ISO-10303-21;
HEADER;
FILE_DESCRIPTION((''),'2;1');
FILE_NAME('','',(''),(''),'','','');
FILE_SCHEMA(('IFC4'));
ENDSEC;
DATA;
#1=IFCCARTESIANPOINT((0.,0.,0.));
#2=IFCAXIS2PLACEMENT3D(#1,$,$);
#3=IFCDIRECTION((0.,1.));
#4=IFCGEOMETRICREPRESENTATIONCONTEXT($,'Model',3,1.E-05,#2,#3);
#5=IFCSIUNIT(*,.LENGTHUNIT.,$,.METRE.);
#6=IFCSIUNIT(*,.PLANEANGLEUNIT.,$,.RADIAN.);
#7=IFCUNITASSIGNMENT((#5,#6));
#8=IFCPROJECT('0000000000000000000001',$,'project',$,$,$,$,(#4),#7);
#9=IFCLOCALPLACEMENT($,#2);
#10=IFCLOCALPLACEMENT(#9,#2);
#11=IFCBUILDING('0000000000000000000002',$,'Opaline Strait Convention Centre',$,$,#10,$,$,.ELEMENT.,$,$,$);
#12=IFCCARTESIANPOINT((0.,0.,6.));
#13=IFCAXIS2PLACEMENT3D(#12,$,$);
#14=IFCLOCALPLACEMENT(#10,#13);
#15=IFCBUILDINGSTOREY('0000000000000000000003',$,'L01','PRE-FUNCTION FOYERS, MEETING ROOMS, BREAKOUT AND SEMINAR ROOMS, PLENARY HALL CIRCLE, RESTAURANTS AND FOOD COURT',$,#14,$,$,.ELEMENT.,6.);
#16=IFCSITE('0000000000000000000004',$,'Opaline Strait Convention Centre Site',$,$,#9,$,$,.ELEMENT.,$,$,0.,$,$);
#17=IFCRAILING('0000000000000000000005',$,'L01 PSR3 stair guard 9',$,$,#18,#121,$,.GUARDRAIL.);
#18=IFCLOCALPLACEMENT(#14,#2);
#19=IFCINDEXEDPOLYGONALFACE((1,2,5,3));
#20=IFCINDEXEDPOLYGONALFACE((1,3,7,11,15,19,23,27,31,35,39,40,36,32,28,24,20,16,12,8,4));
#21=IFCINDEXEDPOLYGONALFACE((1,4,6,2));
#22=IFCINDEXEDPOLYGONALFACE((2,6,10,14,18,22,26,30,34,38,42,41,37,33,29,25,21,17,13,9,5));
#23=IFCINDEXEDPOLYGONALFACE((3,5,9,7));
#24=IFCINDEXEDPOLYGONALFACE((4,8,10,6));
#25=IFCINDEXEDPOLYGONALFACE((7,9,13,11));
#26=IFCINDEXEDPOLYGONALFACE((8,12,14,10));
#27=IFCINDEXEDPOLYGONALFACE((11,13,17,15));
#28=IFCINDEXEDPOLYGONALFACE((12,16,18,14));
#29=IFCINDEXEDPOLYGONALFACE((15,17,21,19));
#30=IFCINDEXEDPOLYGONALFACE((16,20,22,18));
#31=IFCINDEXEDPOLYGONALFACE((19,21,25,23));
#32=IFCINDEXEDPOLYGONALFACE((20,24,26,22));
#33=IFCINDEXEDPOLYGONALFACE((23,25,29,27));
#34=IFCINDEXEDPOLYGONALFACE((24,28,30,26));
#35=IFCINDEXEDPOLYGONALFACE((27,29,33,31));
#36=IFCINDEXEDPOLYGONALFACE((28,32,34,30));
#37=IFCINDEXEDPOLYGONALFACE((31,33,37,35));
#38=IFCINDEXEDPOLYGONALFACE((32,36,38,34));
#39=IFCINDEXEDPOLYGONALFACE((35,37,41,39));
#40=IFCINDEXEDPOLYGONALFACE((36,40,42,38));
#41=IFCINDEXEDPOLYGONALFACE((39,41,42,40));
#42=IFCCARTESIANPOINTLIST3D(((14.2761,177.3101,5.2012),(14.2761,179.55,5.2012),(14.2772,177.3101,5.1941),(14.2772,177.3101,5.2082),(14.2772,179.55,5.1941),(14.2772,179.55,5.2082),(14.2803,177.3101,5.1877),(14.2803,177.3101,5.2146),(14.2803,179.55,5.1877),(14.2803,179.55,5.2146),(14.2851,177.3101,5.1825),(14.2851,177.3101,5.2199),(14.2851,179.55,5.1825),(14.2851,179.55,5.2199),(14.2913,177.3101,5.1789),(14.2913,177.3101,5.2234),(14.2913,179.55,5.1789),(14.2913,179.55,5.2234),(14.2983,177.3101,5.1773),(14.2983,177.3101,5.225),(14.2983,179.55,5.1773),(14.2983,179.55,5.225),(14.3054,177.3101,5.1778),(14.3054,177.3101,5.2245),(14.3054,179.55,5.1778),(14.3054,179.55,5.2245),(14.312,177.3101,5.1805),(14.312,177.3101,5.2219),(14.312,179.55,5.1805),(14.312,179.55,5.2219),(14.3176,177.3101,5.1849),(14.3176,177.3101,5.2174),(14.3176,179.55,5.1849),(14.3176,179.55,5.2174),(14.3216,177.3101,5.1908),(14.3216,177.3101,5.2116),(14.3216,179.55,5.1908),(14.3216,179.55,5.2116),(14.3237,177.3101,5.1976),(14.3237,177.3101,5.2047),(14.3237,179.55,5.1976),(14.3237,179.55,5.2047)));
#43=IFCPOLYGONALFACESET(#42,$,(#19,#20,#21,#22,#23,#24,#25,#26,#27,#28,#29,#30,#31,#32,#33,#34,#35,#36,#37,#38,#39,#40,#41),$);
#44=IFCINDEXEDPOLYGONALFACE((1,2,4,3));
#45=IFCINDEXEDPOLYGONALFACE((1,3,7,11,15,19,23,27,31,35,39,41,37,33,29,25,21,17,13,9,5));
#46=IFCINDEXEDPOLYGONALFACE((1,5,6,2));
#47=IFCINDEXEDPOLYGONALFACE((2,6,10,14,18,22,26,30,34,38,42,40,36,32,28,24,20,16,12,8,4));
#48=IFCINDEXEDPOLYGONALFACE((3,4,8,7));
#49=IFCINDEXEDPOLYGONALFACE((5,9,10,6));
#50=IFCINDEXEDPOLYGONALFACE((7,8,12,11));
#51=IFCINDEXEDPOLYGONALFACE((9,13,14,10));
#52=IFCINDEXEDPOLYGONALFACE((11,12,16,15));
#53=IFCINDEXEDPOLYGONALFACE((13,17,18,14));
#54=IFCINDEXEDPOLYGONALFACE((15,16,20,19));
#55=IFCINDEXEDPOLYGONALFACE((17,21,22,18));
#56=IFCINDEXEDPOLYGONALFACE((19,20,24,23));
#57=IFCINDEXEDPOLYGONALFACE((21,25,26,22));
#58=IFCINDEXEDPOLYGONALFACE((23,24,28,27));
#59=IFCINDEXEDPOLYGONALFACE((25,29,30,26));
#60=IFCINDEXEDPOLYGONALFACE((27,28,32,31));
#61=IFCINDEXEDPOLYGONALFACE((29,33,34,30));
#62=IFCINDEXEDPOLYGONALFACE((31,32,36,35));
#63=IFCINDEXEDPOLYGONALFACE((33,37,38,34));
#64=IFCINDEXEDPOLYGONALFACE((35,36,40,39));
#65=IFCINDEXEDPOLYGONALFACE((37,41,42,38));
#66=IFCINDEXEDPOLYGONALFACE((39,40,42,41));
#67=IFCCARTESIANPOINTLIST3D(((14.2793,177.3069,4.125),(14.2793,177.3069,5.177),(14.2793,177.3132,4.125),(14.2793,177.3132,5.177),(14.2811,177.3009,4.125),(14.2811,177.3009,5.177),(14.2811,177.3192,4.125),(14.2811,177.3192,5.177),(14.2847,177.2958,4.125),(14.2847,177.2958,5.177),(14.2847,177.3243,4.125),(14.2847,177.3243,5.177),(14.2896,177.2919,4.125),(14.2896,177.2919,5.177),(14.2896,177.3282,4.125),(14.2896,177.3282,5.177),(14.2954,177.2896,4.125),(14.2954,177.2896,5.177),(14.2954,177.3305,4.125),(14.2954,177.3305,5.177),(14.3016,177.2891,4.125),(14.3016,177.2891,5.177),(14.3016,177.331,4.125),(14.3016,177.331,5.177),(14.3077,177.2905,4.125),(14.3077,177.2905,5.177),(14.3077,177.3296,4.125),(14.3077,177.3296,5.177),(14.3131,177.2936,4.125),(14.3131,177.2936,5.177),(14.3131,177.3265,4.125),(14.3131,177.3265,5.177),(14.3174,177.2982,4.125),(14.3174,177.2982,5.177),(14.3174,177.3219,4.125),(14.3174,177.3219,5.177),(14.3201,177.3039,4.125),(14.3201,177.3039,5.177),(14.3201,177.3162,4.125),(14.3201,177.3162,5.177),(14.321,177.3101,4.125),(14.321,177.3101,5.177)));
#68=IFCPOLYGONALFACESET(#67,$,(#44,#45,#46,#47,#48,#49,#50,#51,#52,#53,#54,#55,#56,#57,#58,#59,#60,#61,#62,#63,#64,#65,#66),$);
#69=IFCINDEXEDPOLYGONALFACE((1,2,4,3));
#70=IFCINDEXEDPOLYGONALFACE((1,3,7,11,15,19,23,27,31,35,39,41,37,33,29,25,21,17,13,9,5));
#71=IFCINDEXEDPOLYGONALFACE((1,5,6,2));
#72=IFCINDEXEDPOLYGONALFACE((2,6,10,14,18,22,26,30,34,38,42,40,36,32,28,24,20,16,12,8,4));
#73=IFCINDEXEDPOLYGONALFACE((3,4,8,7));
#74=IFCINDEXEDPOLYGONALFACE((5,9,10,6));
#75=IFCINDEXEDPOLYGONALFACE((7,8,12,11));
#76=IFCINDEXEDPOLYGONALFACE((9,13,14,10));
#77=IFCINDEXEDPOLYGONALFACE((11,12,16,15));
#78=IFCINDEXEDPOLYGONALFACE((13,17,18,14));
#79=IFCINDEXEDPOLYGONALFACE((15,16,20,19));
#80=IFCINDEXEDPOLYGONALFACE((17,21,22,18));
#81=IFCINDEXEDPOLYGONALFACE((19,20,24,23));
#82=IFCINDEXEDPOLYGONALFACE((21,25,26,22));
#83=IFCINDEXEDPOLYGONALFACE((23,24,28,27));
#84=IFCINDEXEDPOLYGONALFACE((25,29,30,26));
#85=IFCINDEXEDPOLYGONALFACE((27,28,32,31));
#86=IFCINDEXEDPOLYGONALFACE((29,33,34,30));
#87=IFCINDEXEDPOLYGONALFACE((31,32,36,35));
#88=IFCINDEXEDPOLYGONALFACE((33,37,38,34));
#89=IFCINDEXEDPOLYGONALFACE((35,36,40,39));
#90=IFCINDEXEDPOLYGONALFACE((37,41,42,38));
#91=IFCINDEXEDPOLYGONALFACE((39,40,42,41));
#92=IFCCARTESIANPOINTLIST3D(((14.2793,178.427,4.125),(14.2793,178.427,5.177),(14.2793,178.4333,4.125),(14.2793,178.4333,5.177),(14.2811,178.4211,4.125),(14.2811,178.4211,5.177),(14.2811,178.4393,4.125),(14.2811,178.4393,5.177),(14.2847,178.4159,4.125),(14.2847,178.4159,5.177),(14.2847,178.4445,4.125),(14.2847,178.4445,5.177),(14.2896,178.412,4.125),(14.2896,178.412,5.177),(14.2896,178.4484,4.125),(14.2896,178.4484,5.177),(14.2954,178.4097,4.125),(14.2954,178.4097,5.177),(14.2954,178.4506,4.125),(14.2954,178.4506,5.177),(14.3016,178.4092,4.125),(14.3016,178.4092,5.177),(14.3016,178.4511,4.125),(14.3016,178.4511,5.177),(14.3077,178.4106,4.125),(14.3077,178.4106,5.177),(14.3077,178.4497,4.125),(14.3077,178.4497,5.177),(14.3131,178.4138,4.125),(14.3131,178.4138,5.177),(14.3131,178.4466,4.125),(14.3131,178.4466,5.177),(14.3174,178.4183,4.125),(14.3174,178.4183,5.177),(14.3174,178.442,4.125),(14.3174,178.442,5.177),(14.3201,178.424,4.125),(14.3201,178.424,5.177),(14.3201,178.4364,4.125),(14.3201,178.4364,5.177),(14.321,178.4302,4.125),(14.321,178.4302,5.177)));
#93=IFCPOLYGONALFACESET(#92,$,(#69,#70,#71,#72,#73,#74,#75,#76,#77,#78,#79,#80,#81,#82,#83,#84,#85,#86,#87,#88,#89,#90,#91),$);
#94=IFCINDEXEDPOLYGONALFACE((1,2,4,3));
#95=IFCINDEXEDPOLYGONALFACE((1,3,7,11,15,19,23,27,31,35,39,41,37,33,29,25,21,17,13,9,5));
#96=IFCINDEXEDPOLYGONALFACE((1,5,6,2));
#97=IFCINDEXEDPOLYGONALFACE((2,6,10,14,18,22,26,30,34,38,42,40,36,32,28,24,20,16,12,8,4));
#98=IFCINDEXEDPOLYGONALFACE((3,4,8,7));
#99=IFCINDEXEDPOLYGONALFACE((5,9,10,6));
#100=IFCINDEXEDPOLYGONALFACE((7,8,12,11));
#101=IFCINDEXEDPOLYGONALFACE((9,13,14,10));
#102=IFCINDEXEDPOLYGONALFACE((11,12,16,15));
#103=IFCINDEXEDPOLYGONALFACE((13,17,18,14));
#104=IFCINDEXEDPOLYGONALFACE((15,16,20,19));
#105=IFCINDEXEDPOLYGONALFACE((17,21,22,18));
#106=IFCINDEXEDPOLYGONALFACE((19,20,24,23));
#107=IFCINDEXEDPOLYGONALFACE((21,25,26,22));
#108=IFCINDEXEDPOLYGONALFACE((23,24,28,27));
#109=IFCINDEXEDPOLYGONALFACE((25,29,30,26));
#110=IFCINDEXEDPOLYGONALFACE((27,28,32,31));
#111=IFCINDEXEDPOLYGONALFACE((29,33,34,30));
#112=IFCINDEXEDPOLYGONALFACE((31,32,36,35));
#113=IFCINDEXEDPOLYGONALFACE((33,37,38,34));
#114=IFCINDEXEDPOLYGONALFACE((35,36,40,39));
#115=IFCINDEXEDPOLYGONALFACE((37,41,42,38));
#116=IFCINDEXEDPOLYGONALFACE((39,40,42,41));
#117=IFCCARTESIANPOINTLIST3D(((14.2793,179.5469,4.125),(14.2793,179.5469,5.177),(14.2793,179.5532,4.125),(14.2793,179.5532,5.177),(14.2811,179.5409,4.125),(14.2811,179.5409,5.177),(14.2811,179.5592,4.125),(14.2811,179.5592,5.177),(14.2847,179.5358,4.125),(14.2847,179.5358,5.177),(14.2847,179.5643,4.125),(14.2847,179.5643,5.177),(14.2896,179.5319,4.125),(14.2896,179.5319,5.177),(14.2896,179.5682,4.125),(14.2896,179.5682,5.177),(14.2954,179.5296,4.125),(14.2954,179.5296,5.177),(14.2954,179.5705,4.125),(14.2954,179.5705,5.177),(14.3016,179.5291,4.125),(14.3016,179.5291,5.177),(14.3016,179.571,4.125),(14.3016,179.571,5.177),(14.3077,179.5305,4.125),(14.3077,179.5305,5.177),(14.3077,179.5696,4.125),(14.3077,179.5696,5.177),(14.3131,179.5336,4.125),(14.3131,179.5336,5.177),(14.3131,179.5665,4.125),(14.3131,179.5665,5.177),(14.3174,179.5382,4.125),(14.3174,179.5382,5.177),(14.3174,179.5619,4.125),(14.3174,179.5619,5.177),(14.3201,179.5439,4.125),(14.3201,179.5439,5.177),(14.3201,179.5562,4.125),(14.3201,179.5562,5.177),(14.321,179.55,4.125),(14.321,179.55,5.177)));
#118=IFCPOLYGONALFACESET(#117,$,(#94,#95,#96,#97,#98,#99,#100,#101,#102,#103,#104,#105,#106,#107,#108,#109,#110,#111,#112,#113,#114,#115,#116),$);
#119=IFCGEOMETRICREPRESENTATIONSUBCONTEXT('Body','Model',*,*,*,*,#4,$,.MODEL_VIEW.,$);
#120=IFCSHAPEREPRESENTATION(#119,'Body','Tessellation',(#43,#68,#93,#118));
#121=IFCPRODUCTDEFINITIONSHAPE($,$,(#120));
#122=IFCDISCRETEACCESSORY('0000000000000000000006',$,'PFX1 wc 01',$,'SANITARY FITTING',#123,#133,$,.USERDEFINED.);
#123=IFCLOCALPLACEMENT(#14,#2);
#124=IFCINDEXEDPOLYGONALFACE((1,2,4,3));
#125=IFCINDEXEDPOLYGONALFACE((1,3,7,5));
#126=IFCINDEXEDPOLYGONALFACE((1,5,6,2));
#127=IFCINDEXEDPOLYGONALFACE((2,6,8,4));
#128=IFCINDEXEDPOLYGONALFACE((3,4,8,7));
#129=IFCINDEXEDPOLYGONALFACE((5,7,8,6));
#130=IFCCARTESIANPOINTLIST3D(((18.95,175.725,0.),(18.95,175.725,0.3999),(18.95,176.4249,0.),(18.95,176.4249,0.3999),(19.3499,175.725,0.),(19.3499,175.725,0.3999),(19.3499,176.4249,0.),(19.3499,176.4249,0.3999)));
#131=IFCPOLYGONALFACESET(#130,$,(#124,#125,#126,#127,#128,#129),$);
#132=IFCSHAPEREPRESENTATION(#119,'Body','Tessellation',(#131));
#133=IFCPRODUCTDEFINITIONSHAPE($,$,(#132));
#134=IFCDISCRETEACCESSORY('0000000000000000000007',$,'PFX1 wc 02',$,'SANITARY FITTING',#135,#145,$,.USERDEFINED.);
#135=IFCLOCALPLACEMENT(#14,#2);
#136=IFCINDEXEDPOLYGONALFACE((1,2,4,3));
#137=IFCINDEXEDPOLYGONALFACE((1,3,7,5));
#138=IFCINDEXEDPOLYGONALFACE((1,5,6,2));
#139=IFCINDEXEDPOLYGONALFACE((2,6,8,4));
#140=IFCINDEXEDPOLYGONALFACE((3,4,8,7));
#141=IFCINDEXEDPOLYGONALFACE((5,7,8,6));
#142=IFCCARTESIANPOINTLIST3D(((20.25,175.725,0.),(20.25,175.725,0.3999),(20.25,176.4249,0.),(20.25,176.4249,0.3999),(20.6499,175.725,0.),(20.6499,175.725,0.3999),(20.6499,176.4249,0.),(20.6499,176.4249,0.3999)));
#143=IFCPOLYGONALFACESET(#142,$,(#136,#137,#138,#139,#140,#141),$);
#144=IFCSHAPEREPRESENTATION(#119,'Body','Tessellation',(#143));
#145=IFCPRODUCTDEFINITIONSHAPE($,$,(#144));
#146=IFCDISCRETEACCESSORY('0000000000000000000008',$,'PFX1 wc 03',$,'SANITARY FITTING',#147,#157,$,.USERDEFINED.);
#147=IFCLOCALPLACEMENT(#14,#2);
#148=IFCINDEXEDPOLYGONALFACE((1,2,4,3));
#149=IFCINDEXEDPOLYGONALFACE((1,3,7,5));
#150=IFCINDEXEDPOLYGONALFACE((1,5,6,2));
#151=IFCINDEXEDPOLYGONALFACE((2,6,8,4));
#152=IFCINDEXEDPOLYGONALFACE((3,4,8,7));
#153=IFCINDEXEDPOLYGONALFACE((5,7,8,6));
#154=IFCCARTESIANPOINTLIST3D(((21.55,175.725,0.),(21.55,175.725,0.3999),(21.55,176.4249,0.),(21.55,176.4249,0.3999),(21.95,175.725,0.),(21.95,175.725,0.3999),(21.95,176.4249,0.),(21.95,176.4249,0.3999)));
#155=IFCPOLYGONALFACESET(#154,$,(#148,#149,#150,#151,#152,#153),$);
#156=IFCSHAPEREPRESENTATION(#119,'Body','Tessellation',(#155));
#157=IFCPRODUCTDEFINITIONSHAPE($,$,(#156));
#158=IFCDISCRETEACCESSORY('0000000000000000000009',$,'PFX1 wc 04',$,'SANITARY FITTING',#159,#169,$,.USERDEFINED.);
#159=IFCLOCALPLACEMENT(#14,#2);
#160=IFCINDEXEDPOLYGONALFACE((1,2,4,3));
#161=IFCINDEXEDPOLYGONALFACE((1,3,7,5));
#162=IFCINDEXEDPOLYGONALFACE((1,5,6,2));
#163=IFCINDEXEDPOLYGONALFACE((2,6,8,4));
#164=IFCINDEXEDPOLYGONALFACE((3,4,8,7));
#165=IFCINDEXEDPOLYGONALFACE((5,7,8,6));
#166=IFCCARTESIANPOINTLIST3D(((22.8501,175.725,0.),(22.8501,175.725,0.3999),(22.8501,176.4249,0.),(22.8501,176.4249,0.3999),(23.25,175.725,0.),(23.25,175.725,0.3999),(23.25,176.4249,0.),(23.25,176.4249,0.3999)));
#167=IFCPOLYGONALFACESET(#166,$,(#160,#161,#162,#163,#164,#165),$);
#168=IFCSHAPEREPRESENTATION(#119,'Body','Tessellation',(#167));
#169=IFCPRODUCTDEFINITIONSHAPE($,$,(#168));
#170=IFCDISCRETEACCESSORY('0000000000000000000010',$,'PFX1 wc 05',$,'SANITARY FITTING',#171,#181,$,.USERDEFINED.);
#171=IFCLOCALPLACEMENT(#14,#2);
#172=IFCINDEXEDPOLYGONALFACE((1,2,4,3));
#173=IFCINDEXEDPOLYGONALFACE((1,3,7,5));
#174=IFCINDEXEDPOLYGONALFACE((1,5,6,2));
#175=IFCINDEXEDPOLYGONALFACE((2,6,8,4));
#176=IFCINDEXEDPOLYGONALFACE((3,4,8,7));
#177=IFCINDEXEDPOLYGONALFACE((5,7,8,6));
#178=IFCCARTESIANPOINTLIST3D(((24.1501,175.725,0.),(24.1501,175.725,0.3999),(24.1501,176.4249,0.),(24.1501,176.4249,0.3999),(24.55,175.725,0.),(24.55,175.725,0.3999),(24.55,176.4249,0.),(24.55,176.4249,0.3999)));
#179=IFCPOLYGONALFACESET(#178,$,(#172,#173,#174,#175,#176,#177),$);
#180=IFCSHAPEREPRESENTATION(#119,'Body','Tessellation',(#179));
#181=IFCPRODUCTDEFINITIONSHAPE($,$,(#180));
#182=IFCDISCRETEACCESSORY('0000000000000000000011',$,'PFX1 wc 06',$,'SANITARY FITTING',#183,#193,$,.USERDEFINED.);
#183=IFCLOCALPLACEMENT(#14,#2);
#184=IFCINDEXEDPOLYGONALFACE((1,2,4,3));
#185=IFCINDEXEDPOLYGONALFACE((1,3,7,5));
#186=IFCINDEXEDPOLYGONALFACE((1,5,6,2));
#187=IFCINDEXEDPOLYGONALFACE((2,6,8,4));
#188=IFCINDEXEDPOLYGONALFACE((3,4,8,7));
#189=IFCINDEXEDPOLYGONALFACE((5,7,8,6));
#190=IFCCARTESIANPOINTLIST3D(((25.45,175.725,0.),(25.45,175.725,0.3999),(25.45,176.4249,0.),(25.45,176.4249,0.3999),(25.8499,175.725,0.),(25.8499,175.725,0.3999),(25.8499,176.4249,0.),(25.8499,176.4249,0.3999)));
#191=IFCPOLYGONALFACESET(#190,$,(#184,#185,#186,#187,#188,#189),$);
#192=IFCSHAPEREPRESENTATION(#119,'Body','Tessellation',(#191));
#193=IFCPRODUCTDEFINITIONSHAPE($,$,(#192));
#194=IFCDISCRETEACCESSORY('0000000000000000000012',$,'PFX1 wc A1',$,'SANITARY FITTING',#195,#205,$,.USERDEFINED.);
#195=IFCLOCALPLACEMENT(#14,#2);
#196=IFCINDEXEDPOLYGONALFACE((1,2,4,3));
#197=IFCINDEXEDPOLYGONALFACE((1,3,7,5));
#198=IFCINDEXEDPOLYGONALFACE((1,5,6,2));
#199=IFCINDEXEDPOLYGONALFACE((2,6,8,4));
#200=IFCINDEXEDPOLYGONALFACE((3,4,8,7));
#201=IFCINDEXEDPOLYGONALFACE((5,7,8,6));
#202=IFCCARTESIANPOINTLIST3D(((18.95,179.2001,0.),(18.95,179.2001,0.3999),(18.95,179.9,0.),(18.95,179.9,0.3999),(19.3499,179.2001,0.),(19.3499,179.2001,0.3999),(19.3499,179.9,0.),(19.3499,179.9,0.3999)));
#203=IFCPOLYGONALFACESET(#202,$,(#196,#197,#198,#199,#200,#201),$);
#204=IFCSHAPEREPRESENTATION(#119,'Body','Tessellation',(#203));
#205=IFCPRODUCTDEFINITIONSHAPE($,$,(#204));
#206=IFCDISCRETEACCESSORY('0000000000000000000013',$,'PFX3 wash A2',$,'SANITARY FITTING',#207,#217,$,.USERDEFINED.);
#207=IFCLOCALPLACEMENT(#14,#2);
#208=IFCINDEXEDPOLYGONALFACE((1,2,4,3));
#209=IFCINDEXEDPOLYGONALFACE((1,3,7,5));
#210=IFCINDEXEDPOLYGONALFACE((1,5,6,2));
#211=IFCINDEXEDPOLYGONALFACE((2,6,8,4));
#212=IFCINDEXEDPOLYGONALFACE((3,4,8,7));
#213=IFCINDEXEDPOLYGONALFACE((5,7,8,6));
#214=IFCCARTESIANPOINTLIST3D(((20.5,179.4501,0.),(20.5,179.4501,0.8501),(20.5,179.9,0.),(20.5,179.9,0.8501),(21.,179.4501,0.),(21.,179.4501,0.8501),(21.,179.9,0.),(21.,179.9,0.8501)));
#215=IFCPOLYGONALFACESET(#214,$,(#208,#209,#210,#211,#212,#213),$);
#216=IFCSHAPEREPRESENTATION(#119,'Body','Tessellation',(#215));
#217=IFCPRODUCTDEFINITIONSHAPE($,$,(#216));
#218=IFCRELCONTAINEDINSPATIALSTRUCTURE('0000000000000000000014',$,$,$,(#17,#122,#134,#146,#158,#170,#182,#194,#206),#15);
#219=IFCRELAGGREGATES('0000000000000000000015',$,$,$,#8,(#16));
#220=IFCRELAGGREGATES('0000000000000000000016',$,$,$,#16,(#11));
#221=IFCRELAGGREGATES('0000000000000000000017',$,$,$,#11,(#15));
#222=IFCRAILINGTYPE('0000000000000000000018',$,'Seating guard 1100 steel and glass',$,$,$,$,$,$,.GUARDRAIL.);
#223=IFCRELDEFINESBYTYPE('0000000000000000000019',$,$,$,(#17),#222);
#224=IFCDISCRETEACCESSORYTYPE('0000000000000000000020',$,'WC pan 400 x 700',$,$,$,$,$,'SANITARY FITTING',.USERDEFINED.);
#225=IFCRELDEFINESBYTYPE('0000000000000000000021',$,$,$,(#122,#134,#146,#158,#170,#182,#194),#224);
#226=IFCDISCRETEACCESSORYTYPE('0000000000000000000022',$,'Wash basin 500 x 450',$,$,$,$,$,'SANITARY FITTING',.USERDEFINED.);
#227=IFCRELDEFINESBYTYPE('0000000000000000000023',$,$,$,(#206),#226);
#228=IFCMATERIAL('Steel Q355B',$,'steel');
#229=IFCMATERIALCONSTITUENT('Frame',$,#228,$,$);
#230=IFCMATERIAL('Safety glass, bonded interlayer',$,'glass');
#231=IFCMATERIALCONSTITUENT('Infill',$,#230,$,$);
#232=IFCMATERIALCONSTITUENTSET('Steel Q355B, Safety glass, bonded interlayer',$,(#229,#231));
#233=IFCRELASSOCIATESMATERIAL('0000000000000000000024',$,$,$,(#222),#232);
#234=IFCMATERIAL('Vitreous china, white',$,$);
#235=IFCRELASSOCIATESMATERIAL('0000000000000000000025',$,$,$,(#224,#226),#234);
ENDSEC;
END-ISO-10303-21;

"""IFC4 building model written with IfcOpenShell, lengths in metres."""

from ifc_helpers import new_model, si_unit, direction, frame, origin, origin_2d, place, context, subcontext, project, spatial, rectangle, circle, extrude, material, constituent, constituent_set, type_object, element, save


model = new_model("IFC4")

# Units and contexts
model_context = context("Model", 3, precision=1e-05, world=origin(), true_north=direction((0.0, 1.0)))
body_context = subcontext(model_context, "Body", "Model", "MODEL_VIEW")
ifc_project = project(units=[si_unit("LENGTHUNIT", "METRE"), si_unit("PLANEANGLEUNIT", "RADIAN")], contexts=[model_context])

# Site, building, storey
site_placement = place(None, origin())
site = spatial("IfcSite", under=ifc_project, at=site_placement, Name="Opaline Strait Convention Centre Site", CompositionType="ELEMENT", RefElevation=0.0)
building_placement = place(site_placement, origin())
building = spatial("IfcBuilding", under=site, at=building_placement, Name="Opaline Strait Convention Centre", CompositionType="ELEMENT")
storey_placement = place(building_placement, frame((0.0, 0.0, 6.0)))
storey = spatial("IfcBuildingStorey", under=building, at=storey_placement, Name="L01", Description="PRE-FUNCTION FOYERS, MEETING ROOMS, BREAKOUT AND SEMINAR ROOMS, PLENARY HALL CIRCLE, RESTAURANTS AND FOOD COURT", CompositionType="ELEMENT", Elevation=6.0)

# Railing
ifc_material_1 = material(Name="Steel Q355B", Category="steel")
ifc_constituent_1 = constituent(ifc_material_1, Name="Frame")
ifc_material_2 = material(Name="Safety glass, bonded interlayer", Category="glass")
ifc_constituent_2 = constituent(ifc_material_2, Name="Infill")
ifc_constituent_set = constituent_set(constituents=[ifc_constituent_1, ifc_constituent_2], Name="Steel Q355B, Safety glass, bonded interlayer")
railing_type = type_object("IfcRailingType", Name="Seating guard 1100 steel and glass", PredefinedType="GUARDRAIL", material=ifc_constituent_set)
railing_1_placement = place(storey_placement, frame((14.3, 177.3101, 4.125)))
element("IfcRailing", 1, at=railing_1_placement, inside=storey, type_object=railing_type, Name="L01 PSR3 stair guard 9", PredefinedType="GUARDRAIL", context=body_context, shape_type="SweptSolid", body=[
    extrude(circle(Radius=0.0239, at=origin_2d()), frame((0.0, 0.0, 1.0762), z_axis=(0.0, 1.0, 0.0), x_axis=(-1.0, 0.0, 0.0)), (0.0, 0.0, 1.0), 2.24),
    extrude(circle(Radius=0.021, at=origin_2d()), origin(), (0.0, 0.0, 1.0), 1.052),
    extrude(circle(Radius=0.021, at=origin_2d()), frame((0.0, 1.1201, 0.0)), (0.0, 0.0, 1.0), 1.052),
    extrude(circle(Radius=0.021, at=origin_2d()), frame((0.0, 2.24, 0.0)), (0.0, 0.0, 1.0), 1.052),
])

# Discrete accessories
ifc_material_3 = material(Name="Vitreous china, white")
discrete_accessory_type_1 = type_object("IfcDiscreteAccessoryType", Name="WC pan 400 x 700", ElementType="SANITARY FITTING", PredefinedType="USERDEFINED", material=ifc_material_3)
for number, where, z_axis, x_axis, name in (
    (2, (19.1499, 176.075, 0.0), (0.0, 0.0, 1.0), (1.0, 0.0, 0.0), "PFX1 wc 01"),
    (3, (20.45, 176.075, 0.0), (0.0, 0.0, 1.0), (1.0, 0.0, 0.0), "PFX1 wc 02"),
    (4, (21.75, 176.075, 0.0), (0.0, 0.0, 1.0), (1.0, 0.0, 0.0), "PFX1 wc 03"),
    (5, (23.05, 176.075, 0.0), (0.0, 0.0, 1.0), (1.0, 0.0, 0.0), "PFX1 wc 04"),
    (6, (24.3501, 176.075, 0.0), (0.0, 0.0, 1.0), (1.0, 0.0, 0.0), "PFX1 wc 05"),
    (7, (25.6499, 176.075, 0.0), (0.0, 0.0, 1.0), (1.0, 0.0, 0.0), "PFX1 wc 06"),
    (8, (19.1499, 179.55, 0.0), (0.0, 0.0, 1.0), (1.0, 0.0, 0.0), "PFX1 wc A1"),
):
    element("IfcDiscreteAccessory", number, at=place(storey_placement, frame(where, z_axis=z_axis, x_axis=x_axis)), inside=storey, type_object=discrete_accessory_type_1, Name=name, ObjectType="SANITARY FITTING", PredefinedType="USERDEFINED", context=body_context, shape_type="SweptSolid", body=[
        extrude(rectangle(XDim=0.3999, YDim=0.7, at=origin_2d()), origin(), (0.0, 0.0, 1.0), 0.3999),
    ])
discrete_accessory_type_2 = type_object("IfcDiscreteAccessoryType", Name="Wash basin 500 x 450", ElementType="SANITARY FITTING", PredefinedType="USERDEFINED", material=ifc_material_3)
discrete_accessory_placement = place(storey_placement, frame((20.75, 179.675, 0.0), z_axis=(0.0, 0.0, 1.0), x_axis=(1.0, 0.0, 0.0)))
element("IfcDiscreteAccessory", 9, at=discrete_accessory_placement, inside=storey, type_object=discrete_accessory_type_2, Name="PFX3 wash A2", ObjectType="SANITARY FITTING", PredefinedType="USERDEFINED", context=body_context, shape_type="SweptSolid", body=[
    extrude(rectangle(XDim=0.5, YDim=0.45, at=origin_2d()), origin(), (0.0, 0.0, 1.0), 0.8501),
])

save(model, "model.ifc")
